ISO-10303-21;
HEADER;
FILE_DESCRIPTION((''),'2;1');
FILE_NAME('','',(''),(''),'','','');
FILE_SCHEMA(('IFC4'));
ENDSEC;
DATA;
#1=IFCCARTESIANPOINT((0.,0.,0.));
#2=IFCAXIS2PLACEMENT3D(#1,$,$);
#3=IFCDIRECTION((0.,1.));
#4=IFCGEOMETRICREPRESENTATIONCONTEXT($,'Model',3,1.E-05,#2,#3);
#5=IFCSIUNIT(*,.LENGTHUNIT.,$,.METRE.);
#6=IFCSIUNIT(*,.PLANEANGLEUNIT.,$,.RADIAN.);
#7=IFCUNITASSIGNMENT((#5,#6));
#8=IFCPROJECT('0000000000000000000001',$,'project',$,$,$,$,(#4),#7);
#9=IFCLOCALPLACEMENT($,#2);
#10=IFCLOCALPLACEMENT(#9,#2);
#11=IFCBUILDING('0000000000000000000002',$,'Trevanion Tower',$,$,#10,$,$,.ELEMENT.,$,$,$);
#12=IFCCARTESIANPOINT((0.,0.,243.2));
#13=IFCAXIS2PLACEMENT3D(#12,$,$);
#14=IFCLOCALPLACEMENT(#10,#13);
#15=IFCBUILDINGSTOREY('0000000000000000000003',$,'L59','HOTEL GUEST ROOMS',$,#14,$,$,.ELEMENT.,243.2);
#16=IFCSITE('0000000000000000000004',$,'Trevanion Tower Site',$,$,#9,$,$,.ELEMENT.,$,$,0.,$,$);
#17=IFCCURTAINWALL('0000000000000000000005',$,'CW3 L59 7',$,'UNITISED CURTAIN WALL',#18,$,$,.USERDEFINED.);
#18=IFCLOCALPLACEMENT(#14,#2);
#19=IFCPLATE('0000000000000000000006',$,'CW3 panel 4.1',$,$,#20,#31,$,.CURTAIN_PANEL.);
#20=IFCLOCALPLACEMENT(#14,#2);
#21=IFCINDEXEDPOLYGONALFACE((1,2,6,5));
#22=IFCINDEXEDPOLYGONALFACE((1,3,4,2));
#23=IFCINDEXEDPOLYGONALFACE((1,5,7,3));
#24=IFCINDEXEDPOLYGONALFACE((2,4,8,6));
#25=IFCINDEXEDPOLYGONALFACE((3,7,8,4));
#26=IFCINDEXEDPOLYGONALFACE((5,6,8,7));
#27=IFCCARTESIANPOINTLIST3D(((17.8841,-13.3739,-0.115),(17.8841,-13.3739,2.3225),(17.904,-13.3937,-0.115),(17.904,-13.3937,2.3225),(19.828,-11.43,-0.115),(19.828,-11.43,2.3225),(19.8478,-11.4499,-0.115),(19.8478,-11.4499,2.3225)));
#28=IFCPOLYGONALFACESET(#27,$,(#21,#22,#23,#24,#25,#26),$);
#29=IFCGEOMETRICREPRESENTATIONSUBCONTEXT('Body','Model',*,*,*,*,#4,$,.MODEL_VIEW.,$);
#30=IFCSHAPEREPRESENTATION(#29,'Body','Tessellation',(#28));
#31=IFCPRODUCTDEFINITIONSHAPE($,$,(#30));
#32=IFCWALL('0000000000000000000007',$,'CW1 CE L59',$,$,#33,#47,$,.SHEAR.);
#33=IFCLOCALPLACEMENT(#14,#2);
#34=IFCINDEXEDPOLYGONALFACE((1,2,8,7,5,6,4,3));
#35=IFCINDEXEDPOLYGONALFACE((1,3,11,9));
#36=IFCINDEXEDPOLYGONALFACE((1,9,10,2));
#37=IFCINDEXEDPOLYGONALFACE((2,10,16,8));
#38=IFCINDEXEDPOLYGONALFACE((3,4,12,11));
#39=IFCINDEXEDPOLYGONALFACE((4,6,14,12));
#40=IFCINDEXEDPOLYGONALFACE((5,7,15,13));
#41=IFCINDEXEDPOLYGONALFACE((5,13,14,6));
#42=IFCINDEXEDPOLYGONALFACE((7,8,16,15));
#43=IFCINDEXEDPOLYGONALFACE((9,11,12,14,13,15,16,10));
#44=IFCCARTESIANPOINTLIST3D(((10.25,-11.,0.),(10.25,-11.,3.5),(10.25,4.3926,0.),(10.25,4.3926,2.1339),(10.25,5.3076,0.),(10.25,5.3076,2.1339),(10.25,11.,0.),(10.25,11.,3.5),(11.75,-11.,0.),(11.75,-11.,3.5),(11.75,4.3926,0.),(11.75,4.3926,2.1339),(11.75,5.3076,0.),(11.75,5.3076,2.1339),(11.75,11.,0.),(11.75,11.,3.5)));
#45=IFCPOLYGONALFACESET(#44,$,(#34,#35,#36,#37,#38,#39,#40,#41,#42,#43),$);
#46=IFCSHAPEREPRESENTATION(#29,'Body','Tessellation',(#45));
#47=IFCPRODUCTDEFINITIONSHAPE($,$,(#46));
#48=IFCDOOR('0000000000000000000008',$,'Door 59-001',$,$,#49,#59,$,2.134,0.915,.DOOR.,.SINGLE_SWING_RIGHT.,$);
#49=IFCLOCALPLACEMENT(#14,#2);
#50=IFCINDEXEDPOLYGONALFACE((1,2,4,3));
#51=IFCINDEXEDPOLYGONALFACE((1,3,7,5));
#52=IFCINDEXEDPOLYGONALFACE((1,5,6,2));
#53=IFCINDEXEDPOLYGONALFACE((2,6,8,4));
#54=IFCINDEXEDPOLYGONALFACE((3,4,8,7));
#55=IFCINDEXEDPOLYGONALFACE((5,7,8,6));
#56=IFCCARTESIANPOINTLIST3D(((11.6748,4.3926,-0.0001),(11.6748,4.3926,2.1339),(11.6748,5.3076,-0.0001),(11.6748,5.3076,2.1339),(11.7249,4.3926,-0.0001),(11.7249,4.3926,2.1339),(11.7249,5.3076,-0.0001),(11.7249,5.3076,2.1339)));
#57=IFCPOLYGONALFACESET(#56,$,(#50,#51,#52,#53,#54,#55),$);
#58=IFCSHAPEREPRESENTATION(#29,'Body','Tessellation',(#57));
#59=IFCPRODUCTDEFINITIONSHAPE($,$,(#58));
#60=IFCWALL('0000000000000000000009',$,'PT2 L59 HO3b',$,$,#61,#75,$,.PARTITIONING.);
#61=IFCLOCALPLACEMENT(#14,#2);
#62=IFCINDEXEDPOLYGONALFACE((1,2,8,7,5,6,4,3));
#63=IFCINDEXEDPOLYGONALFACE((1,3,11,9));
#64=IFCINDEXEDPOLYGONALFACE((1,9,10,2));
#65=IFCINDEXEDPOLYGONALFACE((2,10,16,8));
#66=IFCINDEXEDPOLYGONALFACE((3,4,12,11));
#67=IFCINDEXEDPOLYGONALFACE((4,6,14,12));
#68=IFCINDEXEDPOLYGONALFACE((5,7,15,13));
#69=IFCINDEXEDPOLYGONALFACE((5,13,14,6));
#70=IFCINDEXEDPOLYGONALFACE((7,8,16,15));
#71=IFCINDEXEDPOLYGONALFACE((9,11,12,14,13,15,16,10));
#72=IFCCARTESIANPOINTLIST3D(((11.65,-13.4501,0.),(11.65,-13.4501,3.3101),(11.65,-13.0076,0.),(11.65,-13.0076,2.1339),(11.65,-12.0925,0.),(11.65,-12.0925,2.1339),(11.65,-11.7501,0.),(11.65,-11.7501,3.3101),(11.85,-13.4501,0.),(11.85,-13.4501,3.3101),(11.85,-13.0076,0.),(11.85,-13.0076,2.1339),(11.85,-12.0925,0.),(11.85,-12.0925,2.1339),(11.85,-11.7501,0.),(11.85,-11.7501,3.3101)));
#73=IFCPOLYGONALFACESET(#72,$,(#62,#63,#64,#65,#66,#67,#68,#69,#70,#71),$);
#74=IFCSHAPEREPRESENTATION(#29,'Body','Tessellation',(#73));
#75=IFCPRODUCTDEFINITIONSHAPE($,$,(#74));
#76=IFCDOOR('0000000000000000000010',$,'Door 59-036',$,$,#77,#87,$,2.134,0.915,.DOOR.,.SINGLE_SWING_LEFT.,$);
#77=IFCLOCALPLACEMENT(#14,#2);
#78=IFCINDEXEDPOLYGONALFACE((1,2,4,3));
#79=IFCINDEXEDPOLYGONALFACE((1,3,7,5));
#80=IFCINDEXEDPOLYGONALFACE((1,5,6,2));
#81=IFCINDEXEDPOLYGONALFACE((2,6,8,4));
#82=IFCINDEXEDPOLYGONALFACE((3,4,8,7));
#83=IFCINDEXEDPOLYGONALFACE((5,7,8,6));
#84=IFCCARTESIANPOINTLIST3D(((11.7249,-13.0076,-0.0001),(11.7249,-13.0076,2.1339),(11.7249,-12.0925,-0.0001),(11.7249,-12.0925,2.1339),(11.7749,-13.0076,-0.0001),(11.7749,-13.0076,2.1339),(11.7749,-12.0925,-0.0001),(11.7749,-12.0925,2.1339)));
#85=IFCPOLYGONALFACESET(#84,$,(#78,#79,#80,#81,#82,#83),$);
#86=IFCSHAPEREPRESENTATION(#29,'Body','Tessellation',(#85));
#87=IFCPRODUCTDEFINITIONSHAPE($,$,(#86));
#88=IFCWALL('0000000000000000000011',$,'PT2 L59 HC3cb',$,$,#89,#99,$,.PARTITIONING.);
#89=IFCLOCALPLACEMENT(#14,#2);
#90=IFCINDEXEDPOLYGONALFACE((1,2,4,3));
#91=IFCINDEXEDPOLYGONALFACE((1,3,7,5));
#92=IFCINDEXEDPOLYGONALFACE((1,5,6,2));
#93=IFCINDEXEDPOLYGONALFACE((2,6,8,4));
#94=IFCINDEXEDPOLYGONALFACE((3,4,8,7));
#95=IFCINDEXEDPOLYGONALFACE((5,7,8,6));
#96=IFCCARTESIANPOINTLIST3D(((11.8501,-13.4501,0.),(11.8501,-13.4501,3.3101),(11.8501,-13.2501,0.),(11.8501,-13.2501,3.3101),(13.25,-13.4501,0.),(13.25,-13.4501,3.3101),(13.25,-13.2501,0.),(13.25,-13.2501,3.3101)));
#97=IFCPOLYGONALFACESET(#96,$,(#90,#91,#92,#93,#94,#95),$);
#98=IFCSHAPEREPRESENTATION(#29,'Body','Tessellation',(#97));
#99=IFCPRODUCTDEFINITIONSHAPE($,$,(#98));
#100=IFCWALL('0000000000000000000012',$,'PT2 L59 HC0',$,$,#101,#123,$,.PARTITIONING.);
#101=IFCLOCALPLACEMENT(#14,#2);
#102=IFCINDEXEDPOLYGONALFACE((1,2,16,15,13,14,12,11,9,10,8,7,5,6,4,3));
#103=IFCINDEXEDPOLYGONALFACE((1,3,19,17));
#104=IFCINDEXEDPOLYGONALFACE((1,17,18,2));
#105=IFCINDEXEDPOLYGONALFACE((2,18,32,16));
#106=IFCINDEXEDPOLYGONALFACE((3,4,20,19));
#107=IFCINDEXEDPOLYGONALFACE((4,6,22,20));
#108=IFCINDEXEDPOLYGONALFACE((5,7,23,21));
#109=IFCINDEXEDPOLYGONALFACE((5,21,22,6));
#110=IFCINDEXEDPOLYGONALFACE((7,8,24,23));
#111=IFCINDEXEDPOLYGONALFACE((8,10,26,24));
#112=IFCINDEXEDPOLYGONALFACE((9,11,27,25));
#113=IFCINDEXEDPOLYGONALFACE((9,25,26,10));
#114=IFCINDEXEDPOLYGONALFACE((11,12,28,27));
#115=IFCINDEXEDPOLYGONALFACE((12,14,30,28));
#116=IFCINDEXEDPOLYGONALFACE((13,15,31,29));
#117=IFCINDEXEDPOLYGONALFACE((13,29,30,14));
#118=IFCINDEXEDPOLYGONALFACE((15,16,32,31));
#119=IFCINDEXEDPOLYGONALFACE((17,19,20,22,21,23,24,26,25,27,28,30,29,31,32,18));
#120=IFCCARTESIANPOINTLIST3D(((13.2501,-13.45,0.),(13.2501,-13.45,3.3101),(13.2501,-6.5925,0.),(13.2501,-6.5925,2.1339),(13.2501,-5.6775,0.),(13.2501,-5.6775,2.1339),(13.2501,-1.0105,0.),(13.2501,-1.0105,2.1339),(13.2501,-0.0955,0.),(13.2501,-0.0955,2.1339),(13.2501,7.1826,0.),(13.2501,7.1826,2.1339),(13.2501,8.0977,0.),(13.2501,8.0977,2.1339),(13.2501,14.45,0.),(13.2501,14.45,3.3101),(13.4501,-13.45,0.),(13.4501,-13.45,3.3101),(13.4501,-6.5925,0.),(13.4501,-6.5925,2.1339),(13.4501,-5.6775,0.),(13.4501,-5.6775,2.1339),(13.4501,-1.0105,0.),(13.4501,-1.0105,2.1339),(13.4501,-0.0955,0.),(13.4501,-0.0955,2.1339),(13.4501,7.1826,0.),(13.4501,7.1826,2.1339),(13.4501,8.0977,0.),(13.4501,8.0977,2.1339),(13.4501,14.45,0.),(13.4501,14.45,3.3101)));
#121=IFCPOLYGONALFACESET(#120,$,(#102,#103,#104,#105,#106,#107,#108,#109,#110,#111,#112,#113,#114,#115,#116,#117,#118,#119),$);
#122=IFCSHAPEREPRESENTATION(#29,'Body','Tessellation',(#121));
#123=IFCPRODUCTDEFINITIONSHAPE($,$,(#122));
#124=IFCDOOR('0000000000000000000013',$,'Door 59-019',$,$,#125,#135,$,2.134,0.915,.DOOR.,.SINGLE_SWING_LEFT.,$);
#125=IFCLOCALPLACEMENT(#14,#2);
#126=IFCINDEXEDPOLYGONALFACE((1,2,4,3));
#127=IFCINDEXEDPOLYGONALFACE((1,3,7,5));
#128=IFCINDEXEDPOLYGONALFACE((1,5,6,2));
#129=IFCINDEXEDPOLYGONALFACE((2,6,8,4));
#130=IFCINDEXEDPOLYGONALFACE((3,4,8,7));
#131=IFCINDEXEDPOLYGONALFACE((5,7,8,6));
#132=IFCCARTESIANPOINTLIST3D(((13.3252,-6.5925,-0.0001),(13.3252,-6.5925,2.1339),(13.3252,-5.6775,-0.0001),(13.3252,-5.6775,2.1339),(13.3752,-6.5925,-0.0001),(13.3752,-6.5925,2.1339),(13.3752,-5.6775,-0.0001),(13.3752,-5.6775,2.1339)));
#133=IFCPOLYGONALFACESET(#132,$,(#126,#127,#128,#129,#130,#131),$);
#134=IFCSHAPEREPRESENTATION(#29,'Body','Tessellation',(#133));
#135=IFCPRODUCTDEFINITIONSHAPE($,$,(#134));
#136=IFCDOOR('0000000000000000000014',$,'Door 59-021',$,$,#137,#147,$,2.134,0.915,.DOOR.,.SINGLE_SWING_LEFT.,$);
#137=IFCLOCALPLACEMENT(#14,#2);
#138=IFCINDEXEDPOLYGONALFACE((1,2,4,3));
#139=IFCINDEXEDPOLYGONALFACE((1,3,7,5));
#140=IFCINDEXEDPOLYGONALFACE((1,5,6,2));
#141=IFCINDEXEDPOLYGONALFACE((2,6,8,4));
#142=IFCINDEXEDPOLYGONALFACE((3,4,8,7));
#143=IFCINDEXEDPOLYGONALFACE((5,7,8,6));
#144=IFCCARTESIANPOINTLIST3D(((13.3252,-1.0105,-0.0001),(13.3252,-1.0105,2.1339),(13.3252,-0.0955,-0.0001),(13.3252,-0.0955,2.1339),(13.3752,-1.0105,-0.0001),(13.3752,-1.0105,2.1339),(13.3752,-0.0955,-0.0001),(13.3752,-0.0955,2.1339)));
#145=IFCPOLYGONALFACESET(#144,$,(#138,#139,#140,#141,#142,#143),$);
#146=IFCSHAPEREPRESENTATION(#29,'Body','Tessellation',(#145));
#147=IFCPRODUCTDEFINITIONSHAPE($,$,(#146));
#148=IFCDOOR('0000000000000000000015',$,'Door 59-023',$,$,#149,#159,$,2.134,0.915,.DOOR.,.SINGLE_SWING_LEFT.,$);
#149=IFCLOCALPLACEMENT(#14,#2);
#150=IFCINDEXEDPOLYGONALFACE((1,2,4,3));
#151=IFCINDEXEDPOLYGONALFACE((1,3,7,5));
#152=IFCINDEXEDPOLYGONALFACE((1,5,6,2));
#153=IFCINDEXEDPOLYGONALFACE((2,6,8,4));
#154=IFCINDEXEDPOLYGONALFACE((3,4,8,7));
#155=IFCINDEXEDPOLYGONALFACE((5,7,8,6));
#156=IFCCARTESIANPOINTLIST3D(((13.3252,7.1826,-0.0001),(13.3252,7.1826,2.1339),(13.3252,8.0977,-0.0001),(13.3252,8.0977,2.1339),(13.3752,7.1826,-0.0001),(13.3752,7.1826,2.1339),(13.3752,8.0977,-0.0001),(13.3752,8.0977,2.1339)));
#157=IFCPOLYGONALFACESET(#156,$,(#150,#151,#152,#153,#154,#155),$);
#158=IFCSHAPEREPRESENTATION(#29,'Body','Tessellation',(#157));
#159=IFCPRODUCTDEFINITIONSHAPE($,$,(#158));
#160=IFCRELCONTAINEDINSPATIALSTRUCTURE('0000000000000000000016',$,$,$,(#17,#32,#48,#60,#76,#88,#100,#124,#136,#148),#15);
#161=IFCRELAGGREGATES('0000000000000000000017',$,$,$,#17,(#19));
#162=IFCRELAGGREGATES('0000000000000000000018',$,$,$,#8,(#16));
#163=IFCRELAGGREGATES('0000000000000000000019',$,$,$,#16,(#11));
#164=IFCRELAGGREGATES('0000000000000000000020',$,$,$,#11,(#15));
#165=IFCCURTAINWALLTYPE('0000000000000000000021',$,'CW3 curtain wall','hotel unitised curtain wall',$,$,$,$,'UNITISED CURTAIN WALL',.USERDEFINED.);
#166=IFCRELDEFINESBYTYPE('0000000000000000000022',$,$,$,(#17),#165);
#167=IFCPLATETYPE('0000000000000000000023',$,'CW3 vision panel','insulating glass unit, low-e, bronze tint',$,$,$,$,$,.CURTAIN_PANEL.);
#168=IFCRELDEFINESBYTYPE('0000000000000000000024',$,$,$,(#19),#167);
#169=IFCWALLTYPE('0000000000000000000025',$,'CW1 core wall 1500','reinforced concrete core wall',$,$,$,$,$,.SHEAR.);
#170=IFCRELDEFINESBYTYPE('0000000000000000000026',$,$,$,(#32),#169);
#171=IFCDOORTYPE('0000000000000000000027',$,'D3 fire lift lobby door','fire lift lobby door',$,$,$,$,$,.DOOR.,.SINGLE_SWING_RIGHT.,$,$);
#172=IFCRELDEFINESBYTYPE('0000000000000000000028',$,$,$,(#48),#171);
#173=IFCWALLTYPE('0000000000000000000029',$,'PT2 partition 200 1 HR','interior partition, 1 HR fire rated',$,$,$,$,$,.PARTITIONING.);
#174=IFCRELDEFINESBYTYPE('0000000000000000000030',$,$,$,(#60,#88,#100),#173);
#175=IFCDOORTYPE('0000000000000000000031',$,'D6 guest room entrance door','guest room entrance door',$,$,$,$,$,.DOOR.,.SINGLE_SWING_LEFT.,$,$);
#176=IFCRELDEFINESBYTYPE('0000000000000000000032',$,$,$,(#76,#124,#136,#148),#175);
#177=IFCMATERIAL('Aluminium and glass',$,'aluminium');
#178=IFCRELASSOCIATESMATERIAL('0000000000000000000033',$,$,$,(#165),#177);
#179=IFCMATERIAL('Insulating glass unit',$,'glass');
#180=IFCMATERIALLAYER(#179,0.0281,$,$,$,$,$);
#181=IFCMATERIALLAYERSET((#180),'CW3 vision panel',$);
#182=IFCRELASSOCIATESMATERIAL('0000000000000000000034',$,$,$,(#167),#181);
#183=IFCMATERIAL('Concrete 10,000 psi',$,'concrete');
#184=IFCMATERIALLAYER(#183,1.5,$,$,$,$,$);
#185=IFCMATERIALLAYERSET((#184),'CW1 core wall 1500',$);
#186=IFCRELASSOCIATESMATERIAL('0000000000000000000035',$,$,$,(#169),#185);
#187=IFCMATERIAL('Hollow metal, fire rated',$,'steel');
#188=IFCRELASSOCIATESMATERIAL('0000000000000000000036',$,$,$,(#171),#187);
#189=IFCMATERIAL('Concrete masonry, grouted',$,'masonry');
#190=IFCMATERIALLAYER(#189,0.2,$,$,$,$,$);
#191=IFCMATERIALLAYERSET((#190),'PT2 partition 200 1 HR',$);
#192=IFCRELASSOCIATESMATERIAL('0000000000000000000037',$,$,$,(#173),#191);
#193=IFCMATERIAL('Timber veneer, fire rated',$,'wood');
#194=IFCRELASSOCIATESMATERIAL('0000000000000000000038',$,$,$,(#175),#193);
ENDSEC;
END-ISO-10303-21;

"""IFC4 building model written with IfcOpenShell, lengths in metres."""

from ifc_helpers import new_model, si_unit, direction, frame, frame_2d, origin, origin_2d, place, context, subcontext, project, spatial, rectangle, extrude, material, layer, layer_set, type_object, element, fill, aggregate, save


model = new_model("IFC4")

# Units and contexts
model_context = context("Model", 3, precision=1e-05, world=origin(), true_north=direction((0.0, 1.0)))
body_context = subcontext(model_context, "Body", "Model", "MODEL_VIEW")
ifc_project = project(units=[si_unit("LENGTHUNIT", "METRE"), si_unit("PLANEANGLEUNIT", "RADIAN")], contexts=[model_context])

# Site, building, storey
site_placement = place(None, origin())
site = spatial("IfcSite", under=ifc_project, at=site_placement, Name="Trevanion Tower Site", CompositionType="ELEMENT", RefElevation=0.0)
building_placement = place(site_placement, origin())
building = spatial("IfcBuilding", under=site, at=building_placement, Name="Trevanion Tower", CompositionType="ELEMENT")
storey_placement = place(building_placement, frame((0.0, 0.0, 243.2)))
storey = spatial("IfcBuildingStorey", under=building, at=storey_placement, Name="L59", Description="HOTEL GUEST ROOMS", CompositionType="ELEMENT", Elevation=243.2)

# Curtain wall
ifc_material_1 = material(Name="Aluminium and glass", Category="aluminium")
curtain_wall_type = type_object("IfcCurtainWallType", Name="CW3 curtain wall", Description="hotel unitised curtain wall", ElementType="UNITISED CURTAIN WALL", PredefinedType="USERDEFINED", material=ifc_material_1)
curtain_wall_1_placement = place(storey_placement, origin())
curtain_wall_1 = element("IfcCurtainWall", 1, at=curtain_wall_1_placement, inside=storey, type_object=curtain_wall_type, Name="CW3 L59 7", ObjectType="UNITISED CURTAIN WALL", PredefinedType="USERDEFINED")

# Plate
ifc_material_2 = material(Name="Insulating glass unit", Category="glass")
ifc_layer_1 = layer(ifc_material_2, 0.0281)
ifc_layer_set_1 = layer_set([ifc_layer_1], Name="CW3 vision panel")
plate_type_1 = type_object("IfcPlateType", Name="CW3 vision panel", Description="insulating glass unit, low-e, bronze tint", PredefinedType="CURTAIN_PANEL", material=ifc_layer_set_1)
plate_1_placement = place(storey_placement, frame((18.866, -12.4119, -0.115), z_axis=(0.0, 0.0, 1.0), x_axis=(0.707107, 0.707107, 0.0)))
plate_1 = element("IfcPlate", 2, at=plate_1_placement, type_object=plate_type_1, Name="CW3 panel 4.1", PredefinedType="CURTAIN_PANEL", context=body_context, shape_type="SweptSolid", body=[
    extrude(rectangle(XDim=2.749, YDim=0.0281, at=origin_2d()), origin(), (0.0, 0.0, 1.0), 2.4375),
])
aggregate(curtain_wall_1, [plate_1])

# Walls, openings, doors
ifc_material_3 = material(Name="Concrete 10,000 psi", Category="concrete")
ifc_layer_2 = layer(ifc_material_3, 1.5)
ifc_layer_set_2 = layer_set([ifc_layer_2], Name="CW1 core wall 1500")
wall_type_1 = type_object("IfcWallType", Name="CW1 core wall 1500", Description="reinforced concrete core wall", PredefinedType="SHEAR", material=ifc_layer_set_2)
wall_1_placement = place(storey_placement, frame((11.0, -11.0, 0.0), z_axis=(0.0, 0.0, 1.0), x_axis=(0.0, 1.0, 0.0)))
wall_1 = element("IfcWall", 3, at=wall_1_placement, inside=storey, type_object=wall_type_1, Name="CW1 CE L59", PredefinedType="SHEAR", context=body_context, shape_type="SweptSolid", body=[
    extrude(rectangle(XDim=22.0, YDim=1.5, at=frame_2d((11.0, 0.0))), origin(), (0.0, 0.0, 1.0), 3.5),
])
opening_1_placement = place(wall_1_placement, frame((15.3926, 0.0, 0.0)))
opening_1 = element("IfcOpeningElement", 4, at=opening_1_placement, cuts=wall_1, PredefinedType="OPENING", context=body_context, shape_type="SweptSolid", body=[
    extrude(rectangle(XDim=0.915, YDim=2.134, at=frame_2d((0.4575, 1.0669))), frame((0.0, 0.76, 0.0), z_axis=(0.0, -1.0, 0.0), x_axis=(1.0, 0.0, 0.0)), (0.0, 0.0, 1.0), 1.52),
])
ifc_material_4 = material(Name="Hollow metal, fire rated", Category="steel")
door_type_1 = type_object("IfcDoorType", Name="D3 fire lift lobby door", Description="fire lift lobby door", OperationType="SINGLE_SWING_RIGHT", PredefinedType="DOOR", material=ifc_material_4)
door_1_placement = place(opening_1_placement, origin())
door_1 = element("IfcDoor", 5, at=door_1_placement, inside=storey, type_object=door_type_1, Name="Door 59-001", OperationType="SINGLE_SWING_RIGHT", OverallHeight=2.134, OverallWidth=0.915, PredefinedType="DOOR", context=body_context, shape_type="SweptSolid", body=[
    extrude(rectangle(XDim=0.915, YDim=2.134, at=frame_2d((0.4575, 1.0669))), frame((0.0, -0.6748, 0.0), z_axis=(0.0, -1.0, 0.0), x_axis=(1.0, 0.0, 0.0)), (0.0, 0.0, 1.0), 0.05),
])
fill(opening_1, door_1)
ifc_material_5 = material(Name="Concrete masonry, grouted", Category="masonry")
ifc_layer_3 = layer(ifc_material_5, 0.2)
ifc_layer_set_3 = layer_set([ifc_layer_3], Name="PT2 partition 200 1 HR")
wall_type_2 = type_object("IfcWallType", Name="PT2 partition 200 1 HR", Description="interior partition, 1 HR fire rated", PredefinedType="PARTITIONING", material=ifc_layer_set_3)
wall_2_placement = place(storey_placement, frame((11.75, -11.75, 0.0), z_axis=(0.0, 0.0, 1.0), x_axis=(0.0, -1.0, 0.0)))
wall_2 = element("IfcWall", 6, at=wall_2_placement, inside=storey, type_object=wall_type_2, Name="PT2 L59 HO3b", PredefinedType="PARTITIONING", context=body_context, shape_type="SweptSolid", body=[
    extrude(rectangle(XDim=1.7, YDim=0.2, at=frame_2d((0.8501, 0.0))), origin(), (0.0, 0.0, 1.0), 3.3101),
])
opening_2_placement = place(wall_2_placement, frame((0.3425, 0.0, 0.0)))
opening_2 = element("IfcOpeningElement", 7, at=opening_2_placement, cuts=wall_2, PredefinedType="OPENING", context=body_context, shape_type="SweptSolid", body=[
    extrude(rectangle(XDim=0.915, YDim=2.134, at=frame_2d((0.4575, 1.0669))), frame((0.0, 0.1099, 0.0), z_axis=(0.0, -1.0, 0.0), x_axis=(1.0, 0.0, 0.0)), (0.0, 0.0, 1.0), 0.22),
])
ifc_material_6 = material(Name="Timber veneer, fire rated", Category="wood")
door_type_2 = type_object("IfcDoorType", Name="D6 guest room entrance door", Description="guest room entrance door", OperationType="SINGLE_SWING_LEFT", PredefinedType="DOOR", material=ifc_material_6)
door_2_placement = place(opening_2_placement, origin())
door_2 = element("IfcDoor", 8, at=door_2_placement, inside=storey, type_object=door_type_2, Name="Door 59-036", OperationType="SINGLE_SWING_LEFT", OverallHeight=2.134, OverallWidth=0.915, PredefinedType="DOOR", context=body_context, shape_type="SweptSolid", body=[
    extrude(rectangle(XDim=0.915, YDim=2.134, at=frame_2d((0.4575, 1.0669))), frame((0.0, 0.0249, 0.0), z_axis=(0.0, -1.0, 0.0), x_axis=(1.0, 0.0, 0.0)), (0.0, 0.0, 1.0), 0.05),
])
fill(opening_2, door_2)

# Wall
wall_3_placement = place(storey_placement, frame((11.8501, -13.3501, 0.0), z_axis=(0.0, 0.0, 1.0), x_axis=(1.0, 0.0, 0.0)))
element("IfcWall", 9, at=wall_3_placement, inside=storey, type_object=wall_type_2, Name="PT2 L59 HC3cb", PredefinedType="PARTITIONING", context=body_context, shape_type="SweptSolid", body=[
    extrude(rectangle(XDim=1.3999, YDim=0.2, at=frame_2d((0.7, 0.0))), origin(), (0.0, 0.0, 1.0), 3.3101),
])

# Wall, openings, doors
wall_4_placement = place(storey_placement, frame((13.3501, -13.45, 0.0), z_axis=(0.0, 0.0, 1.0), x_axis=(0.0, 1.0, 0.0)))
wall_4 = element("IfcWall", 10, at=wall_4_placement, inside=storey, type_object=wall_type_2, Name="PT2 L59 HC0", PredefinedType="PARTITIONING", context=body_context, shape_type="SweptSolid", body=[
    extrude(rectangle(XDim=27.8999, YDim=0.2, at=frame_2d((13.95, 0.0))), origin(), (0.0, 0.0, 1.0), 3.3101),
])
opening_3_placement = place(wall_4_placement, frame((6.8574, 0.0, 0.0)))
opening_3 = element("IfcOpeningElement", 11, at=opening_3_placement, cuts=wall_4, PredefinedType="OPENING", context=body_context, shape_type="SweptSolid", body=[
    extrude(rectangle(XDim=0.915, YDim=2.134, at=frame_2d((0.4575, 1.0669))), frame((0.0, 0.1099, 0.0), z_axis=(0.0, -1.0, 0.0), x_axis=(1.0, 0.0, 0.0)), (0.0, 0.0, 1.0), 0.22),
])
opening_4_placement = place(wall_4_placement, frame((12.4395, 0.0, 0.0)))
opening_4 = element("IfcOpeningElement", 12, at=opening_4_placement, cuts=wall_4, PredefinedType="OPENING", context=body_context, shape_type="SweptSolid", body=[
    extrude(rectangle(XDim=0.915, YDim=2.134, at=frame_2d((0.4575, 1.0669))), frame((0.0, 0.1099, 0.0), z_axis=(0.0, -1.0, 0.0), x_axis=(1.0, 0.0, 0.0)), (0.0, 0.0, 1.0), 0.22),
])
opening_5_placement = place(wall_4_placement, frame((20.6326, 0.0, 0.0)))
opening_5 = element("IfcOpeningElement", 13, at=opening_5_placement, cuts=wall_4, PredefinedType="OPENING", context=body_context, shape_type="SweptSolid", body=[
    extrude(rectangle(XDim=0.915, YDim=2.134, at=frame_2d((0.4575, 1.0669))), frame((0.0, 0.1099, 0.0), z_axis=(0.0, -1.0, 0.0), x_axis=(1.0, 0.0, 0.0)), (0.0, 0.0, 1.0), 0.22),
])
door_3_placement = place(opening_3_placement, origin())
door_3 = element("IfcDoor", 14, at=door_3_placement, inside=storey, type_object=door_type_2, Name="Door 59-019", OperationType="SINGLE_SWING_LEFT", OverallHeight=2.134, OverallWidth=0.915, PredefinedType="DOOR", context=body_context, shape_type="SweptSolid", body=[
    extrude(rectangle(XDim=0.915, YDim=2.134, at=frame_2d((0.4575, 1.0669))), frame((0.0, 0.0249, 0.0), z_axis=(0.0, -1.0, 0.0), x_axis=(1.0, 0.0, 0.0)), (0.0, 0.0, 1.0), 0.05),
])
fill(opening_3, door_3)
door_4_placement = place(opening_4_placement, origin())
door_4 = element("IfcDoor", 15, at=door_4_placement, inside=storey, type_object=door_type_2, Name="Door 59-021", OperationType="SINGLE_SWING_LEFT", OverallHeight=2.134, OverallWidth=0.915, PredefinedType="DOOR", context=body_context, shape_type="SweptSolid", body=[
    extrude(rectangle(XDim=0.915, YDim=2.134, at=frame_2d((0.4575, 1.0669))), frame((0.0, 0.0249, 0.0), z_axis=(0.0, -1.0, 0.0), x_axis=(1.0, 0.0, 0.0)), (0.0, 0.0, 1.0), 0.05),
])
fill(opening_4, door_4)
door_5_placement = place(opening_5_placement, origin())
door_5 = element("IfcDoor", 16, at=door_5_placement, inside=storey, type_object=door_type_2, Name="Door 59-023", OperationType="SINGLE_SWING_LEFT", OverallHeight=2.134, OverallWidth=0.915, PredefinedType="DOOR", context=body_context, shape_type="SweptSolid", body=[
    extrude(rectangle(XDim=0.915, YDim=2.134, at=frame_2d((0.4575, 1.0669))), frame((0.0, 0.0249, 0.0), z_axis=(0.0, -1.0, 0.0), x_axis=(1.0, 0.0, 0.0)), (0.0, 0.0, 1.0), 0.05),
])
fill(opening_5, door_5)

save(model, "model.ifc")
